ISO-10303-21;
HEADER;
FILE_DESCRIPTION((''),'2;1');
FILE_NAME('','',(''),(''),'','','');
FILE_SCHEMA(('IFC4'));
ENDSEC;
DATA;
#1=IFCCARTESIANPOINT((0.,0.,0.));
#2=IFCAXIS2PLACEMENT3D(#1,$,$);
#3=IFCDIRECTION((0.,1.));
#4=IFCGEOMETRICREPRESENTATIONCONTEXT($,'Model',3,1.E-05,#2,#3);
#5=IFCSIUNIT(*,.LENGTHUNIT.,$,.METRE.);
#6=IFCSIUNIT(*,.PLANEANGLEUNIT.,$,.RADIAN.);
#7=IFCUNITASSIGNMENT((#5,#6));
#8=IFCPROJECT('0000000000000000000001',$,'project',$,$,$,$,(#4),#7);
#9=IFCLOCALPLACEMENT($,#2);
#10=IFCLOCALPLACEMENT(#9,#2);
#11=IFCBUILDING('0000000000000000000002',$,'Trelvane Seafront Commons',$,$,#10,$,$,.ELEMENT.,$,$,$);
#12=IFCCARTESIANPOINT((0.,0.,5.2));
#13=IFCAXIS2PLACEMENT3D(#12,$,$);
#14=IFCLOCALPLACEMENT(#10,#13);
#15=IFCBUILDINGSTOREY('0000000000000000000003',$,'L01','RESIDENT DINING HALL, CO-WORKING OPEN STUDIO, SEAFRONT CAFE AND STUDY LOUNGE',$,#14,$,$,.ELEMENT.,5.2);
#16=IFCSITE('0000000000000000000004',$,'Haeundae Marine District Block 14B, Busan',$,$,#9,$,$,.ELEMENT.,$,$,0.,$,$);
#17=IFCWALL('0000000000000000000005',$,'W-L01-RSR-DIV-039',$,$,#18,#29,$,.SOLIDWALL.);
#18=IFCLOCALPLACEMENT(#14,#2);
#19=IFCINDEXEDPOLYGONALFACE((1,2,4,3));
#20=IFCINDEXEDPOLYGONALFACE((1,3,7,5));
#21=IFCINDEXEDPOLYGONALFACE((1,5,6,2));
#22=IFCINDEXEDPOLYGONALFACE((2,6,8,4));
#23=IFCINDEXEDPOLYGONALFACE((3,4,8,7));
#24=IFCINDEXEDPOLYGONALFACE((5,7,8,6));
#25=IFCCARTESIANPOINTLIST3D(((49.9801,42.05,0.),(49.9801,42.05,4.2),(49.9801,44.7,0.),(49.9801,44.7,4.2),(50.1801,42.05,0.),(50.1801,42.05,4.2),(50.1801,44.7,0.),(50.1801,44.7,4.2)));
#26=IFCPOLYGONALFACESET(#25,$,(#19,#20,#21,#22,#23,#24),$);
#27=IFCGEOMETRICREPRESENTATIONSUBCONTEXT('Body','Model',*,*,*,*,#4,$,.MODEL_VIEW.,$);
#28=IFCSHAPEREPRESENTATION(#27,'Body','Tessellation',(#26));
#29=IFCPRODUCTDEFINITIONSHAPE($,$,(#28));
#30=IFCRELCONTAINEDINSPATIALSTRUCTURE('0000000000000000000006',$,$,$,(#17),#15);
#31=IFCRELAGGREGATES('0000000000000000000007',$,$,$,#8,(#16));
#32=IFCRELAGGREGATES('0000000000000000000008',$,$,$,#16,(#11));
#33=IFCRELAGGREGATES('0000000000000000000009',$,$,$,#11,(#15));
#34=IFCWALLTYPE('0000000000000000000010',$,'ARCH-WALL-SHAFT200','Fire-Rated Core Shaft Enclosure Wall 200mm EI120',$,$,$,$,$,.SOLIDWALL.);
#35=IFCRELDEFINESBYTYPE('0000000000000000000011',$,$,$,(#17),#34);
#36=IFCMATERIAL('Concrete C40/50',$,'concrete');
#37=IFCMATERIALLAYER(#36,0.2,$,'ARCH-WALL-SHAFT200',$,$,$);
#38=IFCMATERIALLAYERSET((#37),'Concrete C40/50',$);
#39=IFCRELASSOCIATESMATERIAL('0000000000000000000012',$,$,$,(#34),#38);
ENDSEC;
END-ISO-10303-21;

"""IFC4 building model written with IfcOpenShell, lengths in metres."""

from ifc_helpers import new_model, si_unit, direction, frame, frame_2d, origin, place, context, subcontext, project, spatial, rectangle, extrude, material, layer, layer_set, type_object, element, save


model = new_model("IFC4")

# Units and contexts
model_context = context("Model", 3, precision=1e-05, world=origin(), true_north=direction((0.0, 1.0)))
body_context = subcontext(model_context, "Body", "Model", "MODEL_VIEW")
ifc_project = project(units=[si_unit("LENGTHUNIT", "METRE"), si_unit("PLANEANGLEUNIT", "RADIAN")], contexts=[model_context])

# Site, building, storey
site_placement = place(None, origin())
site = spatial("IfcSite", under=ifc_project, at=site_placement, Name="Haeundae Marine District Block 14B, Busan", CompositionType="ELEMENT", RefElevation=0.0)
building_placement = place(site_placement, origin())
building = spatial("IfcBuilding", under=site, at=building_placement, Name="Trelvane Seafront Commons", CompositionType="ELEMENT")
storey_placement = place(building_placement, frame((0.0, 0.0, 5.2)))
storey = spatial("IfcBuildingStorey", under=building, at=storey_placement, Name="L01", Description="RESIDENT DINING HALL, CO-WORKING OPEN STUDIO, SEAFRONT CAFE AND STUDY LOUNGE", CompositionType="ELEMENT", Elevation=5.2)

# Shared definitions
ifc_material_1 = material(Name="Concrete C40/50", Category="concrete")
ifc_layer_1 = layer(ifc_material_1, 0.2, Name="ARCH-WALL-SHAFT200")
ifc_layer_set_1 = layer_set([ifc_layer_1], Name="Concrete C40/50")
wall_type_1 = type_object("IfcWallType", Name="ARCH-WALL-SHAFT200", Description="Fire-Rated Core Shaft Enclosure Wall 200mm EI120", PredefinedType="SOLIDWALL", material=ifc_layer_set_1)

# Wall
wall_1_placement = place(storey_placement, frame((50.0801, 42.05, 0.0), z_axis=(0.0, 0.0, 1.0), x_axis=(0.0, 1.0, 0.0)))
element("IfcWall", 1, at=wall_1_placement, inside=storey, type_object=wall_type_1, Name="W-L01-RSR-DIV-039", PredefinedType="SOLIDWALL", context=body_context, shape_type="SweptSolid", body=[
    extrude(rectangle(XDim=2.6499, YDim=0.2, at=frame_2d((1.325, 0.0))), origin(), (0.0, 0.0, 1.0), 4.2),
])

save(model, "model.ifc")
